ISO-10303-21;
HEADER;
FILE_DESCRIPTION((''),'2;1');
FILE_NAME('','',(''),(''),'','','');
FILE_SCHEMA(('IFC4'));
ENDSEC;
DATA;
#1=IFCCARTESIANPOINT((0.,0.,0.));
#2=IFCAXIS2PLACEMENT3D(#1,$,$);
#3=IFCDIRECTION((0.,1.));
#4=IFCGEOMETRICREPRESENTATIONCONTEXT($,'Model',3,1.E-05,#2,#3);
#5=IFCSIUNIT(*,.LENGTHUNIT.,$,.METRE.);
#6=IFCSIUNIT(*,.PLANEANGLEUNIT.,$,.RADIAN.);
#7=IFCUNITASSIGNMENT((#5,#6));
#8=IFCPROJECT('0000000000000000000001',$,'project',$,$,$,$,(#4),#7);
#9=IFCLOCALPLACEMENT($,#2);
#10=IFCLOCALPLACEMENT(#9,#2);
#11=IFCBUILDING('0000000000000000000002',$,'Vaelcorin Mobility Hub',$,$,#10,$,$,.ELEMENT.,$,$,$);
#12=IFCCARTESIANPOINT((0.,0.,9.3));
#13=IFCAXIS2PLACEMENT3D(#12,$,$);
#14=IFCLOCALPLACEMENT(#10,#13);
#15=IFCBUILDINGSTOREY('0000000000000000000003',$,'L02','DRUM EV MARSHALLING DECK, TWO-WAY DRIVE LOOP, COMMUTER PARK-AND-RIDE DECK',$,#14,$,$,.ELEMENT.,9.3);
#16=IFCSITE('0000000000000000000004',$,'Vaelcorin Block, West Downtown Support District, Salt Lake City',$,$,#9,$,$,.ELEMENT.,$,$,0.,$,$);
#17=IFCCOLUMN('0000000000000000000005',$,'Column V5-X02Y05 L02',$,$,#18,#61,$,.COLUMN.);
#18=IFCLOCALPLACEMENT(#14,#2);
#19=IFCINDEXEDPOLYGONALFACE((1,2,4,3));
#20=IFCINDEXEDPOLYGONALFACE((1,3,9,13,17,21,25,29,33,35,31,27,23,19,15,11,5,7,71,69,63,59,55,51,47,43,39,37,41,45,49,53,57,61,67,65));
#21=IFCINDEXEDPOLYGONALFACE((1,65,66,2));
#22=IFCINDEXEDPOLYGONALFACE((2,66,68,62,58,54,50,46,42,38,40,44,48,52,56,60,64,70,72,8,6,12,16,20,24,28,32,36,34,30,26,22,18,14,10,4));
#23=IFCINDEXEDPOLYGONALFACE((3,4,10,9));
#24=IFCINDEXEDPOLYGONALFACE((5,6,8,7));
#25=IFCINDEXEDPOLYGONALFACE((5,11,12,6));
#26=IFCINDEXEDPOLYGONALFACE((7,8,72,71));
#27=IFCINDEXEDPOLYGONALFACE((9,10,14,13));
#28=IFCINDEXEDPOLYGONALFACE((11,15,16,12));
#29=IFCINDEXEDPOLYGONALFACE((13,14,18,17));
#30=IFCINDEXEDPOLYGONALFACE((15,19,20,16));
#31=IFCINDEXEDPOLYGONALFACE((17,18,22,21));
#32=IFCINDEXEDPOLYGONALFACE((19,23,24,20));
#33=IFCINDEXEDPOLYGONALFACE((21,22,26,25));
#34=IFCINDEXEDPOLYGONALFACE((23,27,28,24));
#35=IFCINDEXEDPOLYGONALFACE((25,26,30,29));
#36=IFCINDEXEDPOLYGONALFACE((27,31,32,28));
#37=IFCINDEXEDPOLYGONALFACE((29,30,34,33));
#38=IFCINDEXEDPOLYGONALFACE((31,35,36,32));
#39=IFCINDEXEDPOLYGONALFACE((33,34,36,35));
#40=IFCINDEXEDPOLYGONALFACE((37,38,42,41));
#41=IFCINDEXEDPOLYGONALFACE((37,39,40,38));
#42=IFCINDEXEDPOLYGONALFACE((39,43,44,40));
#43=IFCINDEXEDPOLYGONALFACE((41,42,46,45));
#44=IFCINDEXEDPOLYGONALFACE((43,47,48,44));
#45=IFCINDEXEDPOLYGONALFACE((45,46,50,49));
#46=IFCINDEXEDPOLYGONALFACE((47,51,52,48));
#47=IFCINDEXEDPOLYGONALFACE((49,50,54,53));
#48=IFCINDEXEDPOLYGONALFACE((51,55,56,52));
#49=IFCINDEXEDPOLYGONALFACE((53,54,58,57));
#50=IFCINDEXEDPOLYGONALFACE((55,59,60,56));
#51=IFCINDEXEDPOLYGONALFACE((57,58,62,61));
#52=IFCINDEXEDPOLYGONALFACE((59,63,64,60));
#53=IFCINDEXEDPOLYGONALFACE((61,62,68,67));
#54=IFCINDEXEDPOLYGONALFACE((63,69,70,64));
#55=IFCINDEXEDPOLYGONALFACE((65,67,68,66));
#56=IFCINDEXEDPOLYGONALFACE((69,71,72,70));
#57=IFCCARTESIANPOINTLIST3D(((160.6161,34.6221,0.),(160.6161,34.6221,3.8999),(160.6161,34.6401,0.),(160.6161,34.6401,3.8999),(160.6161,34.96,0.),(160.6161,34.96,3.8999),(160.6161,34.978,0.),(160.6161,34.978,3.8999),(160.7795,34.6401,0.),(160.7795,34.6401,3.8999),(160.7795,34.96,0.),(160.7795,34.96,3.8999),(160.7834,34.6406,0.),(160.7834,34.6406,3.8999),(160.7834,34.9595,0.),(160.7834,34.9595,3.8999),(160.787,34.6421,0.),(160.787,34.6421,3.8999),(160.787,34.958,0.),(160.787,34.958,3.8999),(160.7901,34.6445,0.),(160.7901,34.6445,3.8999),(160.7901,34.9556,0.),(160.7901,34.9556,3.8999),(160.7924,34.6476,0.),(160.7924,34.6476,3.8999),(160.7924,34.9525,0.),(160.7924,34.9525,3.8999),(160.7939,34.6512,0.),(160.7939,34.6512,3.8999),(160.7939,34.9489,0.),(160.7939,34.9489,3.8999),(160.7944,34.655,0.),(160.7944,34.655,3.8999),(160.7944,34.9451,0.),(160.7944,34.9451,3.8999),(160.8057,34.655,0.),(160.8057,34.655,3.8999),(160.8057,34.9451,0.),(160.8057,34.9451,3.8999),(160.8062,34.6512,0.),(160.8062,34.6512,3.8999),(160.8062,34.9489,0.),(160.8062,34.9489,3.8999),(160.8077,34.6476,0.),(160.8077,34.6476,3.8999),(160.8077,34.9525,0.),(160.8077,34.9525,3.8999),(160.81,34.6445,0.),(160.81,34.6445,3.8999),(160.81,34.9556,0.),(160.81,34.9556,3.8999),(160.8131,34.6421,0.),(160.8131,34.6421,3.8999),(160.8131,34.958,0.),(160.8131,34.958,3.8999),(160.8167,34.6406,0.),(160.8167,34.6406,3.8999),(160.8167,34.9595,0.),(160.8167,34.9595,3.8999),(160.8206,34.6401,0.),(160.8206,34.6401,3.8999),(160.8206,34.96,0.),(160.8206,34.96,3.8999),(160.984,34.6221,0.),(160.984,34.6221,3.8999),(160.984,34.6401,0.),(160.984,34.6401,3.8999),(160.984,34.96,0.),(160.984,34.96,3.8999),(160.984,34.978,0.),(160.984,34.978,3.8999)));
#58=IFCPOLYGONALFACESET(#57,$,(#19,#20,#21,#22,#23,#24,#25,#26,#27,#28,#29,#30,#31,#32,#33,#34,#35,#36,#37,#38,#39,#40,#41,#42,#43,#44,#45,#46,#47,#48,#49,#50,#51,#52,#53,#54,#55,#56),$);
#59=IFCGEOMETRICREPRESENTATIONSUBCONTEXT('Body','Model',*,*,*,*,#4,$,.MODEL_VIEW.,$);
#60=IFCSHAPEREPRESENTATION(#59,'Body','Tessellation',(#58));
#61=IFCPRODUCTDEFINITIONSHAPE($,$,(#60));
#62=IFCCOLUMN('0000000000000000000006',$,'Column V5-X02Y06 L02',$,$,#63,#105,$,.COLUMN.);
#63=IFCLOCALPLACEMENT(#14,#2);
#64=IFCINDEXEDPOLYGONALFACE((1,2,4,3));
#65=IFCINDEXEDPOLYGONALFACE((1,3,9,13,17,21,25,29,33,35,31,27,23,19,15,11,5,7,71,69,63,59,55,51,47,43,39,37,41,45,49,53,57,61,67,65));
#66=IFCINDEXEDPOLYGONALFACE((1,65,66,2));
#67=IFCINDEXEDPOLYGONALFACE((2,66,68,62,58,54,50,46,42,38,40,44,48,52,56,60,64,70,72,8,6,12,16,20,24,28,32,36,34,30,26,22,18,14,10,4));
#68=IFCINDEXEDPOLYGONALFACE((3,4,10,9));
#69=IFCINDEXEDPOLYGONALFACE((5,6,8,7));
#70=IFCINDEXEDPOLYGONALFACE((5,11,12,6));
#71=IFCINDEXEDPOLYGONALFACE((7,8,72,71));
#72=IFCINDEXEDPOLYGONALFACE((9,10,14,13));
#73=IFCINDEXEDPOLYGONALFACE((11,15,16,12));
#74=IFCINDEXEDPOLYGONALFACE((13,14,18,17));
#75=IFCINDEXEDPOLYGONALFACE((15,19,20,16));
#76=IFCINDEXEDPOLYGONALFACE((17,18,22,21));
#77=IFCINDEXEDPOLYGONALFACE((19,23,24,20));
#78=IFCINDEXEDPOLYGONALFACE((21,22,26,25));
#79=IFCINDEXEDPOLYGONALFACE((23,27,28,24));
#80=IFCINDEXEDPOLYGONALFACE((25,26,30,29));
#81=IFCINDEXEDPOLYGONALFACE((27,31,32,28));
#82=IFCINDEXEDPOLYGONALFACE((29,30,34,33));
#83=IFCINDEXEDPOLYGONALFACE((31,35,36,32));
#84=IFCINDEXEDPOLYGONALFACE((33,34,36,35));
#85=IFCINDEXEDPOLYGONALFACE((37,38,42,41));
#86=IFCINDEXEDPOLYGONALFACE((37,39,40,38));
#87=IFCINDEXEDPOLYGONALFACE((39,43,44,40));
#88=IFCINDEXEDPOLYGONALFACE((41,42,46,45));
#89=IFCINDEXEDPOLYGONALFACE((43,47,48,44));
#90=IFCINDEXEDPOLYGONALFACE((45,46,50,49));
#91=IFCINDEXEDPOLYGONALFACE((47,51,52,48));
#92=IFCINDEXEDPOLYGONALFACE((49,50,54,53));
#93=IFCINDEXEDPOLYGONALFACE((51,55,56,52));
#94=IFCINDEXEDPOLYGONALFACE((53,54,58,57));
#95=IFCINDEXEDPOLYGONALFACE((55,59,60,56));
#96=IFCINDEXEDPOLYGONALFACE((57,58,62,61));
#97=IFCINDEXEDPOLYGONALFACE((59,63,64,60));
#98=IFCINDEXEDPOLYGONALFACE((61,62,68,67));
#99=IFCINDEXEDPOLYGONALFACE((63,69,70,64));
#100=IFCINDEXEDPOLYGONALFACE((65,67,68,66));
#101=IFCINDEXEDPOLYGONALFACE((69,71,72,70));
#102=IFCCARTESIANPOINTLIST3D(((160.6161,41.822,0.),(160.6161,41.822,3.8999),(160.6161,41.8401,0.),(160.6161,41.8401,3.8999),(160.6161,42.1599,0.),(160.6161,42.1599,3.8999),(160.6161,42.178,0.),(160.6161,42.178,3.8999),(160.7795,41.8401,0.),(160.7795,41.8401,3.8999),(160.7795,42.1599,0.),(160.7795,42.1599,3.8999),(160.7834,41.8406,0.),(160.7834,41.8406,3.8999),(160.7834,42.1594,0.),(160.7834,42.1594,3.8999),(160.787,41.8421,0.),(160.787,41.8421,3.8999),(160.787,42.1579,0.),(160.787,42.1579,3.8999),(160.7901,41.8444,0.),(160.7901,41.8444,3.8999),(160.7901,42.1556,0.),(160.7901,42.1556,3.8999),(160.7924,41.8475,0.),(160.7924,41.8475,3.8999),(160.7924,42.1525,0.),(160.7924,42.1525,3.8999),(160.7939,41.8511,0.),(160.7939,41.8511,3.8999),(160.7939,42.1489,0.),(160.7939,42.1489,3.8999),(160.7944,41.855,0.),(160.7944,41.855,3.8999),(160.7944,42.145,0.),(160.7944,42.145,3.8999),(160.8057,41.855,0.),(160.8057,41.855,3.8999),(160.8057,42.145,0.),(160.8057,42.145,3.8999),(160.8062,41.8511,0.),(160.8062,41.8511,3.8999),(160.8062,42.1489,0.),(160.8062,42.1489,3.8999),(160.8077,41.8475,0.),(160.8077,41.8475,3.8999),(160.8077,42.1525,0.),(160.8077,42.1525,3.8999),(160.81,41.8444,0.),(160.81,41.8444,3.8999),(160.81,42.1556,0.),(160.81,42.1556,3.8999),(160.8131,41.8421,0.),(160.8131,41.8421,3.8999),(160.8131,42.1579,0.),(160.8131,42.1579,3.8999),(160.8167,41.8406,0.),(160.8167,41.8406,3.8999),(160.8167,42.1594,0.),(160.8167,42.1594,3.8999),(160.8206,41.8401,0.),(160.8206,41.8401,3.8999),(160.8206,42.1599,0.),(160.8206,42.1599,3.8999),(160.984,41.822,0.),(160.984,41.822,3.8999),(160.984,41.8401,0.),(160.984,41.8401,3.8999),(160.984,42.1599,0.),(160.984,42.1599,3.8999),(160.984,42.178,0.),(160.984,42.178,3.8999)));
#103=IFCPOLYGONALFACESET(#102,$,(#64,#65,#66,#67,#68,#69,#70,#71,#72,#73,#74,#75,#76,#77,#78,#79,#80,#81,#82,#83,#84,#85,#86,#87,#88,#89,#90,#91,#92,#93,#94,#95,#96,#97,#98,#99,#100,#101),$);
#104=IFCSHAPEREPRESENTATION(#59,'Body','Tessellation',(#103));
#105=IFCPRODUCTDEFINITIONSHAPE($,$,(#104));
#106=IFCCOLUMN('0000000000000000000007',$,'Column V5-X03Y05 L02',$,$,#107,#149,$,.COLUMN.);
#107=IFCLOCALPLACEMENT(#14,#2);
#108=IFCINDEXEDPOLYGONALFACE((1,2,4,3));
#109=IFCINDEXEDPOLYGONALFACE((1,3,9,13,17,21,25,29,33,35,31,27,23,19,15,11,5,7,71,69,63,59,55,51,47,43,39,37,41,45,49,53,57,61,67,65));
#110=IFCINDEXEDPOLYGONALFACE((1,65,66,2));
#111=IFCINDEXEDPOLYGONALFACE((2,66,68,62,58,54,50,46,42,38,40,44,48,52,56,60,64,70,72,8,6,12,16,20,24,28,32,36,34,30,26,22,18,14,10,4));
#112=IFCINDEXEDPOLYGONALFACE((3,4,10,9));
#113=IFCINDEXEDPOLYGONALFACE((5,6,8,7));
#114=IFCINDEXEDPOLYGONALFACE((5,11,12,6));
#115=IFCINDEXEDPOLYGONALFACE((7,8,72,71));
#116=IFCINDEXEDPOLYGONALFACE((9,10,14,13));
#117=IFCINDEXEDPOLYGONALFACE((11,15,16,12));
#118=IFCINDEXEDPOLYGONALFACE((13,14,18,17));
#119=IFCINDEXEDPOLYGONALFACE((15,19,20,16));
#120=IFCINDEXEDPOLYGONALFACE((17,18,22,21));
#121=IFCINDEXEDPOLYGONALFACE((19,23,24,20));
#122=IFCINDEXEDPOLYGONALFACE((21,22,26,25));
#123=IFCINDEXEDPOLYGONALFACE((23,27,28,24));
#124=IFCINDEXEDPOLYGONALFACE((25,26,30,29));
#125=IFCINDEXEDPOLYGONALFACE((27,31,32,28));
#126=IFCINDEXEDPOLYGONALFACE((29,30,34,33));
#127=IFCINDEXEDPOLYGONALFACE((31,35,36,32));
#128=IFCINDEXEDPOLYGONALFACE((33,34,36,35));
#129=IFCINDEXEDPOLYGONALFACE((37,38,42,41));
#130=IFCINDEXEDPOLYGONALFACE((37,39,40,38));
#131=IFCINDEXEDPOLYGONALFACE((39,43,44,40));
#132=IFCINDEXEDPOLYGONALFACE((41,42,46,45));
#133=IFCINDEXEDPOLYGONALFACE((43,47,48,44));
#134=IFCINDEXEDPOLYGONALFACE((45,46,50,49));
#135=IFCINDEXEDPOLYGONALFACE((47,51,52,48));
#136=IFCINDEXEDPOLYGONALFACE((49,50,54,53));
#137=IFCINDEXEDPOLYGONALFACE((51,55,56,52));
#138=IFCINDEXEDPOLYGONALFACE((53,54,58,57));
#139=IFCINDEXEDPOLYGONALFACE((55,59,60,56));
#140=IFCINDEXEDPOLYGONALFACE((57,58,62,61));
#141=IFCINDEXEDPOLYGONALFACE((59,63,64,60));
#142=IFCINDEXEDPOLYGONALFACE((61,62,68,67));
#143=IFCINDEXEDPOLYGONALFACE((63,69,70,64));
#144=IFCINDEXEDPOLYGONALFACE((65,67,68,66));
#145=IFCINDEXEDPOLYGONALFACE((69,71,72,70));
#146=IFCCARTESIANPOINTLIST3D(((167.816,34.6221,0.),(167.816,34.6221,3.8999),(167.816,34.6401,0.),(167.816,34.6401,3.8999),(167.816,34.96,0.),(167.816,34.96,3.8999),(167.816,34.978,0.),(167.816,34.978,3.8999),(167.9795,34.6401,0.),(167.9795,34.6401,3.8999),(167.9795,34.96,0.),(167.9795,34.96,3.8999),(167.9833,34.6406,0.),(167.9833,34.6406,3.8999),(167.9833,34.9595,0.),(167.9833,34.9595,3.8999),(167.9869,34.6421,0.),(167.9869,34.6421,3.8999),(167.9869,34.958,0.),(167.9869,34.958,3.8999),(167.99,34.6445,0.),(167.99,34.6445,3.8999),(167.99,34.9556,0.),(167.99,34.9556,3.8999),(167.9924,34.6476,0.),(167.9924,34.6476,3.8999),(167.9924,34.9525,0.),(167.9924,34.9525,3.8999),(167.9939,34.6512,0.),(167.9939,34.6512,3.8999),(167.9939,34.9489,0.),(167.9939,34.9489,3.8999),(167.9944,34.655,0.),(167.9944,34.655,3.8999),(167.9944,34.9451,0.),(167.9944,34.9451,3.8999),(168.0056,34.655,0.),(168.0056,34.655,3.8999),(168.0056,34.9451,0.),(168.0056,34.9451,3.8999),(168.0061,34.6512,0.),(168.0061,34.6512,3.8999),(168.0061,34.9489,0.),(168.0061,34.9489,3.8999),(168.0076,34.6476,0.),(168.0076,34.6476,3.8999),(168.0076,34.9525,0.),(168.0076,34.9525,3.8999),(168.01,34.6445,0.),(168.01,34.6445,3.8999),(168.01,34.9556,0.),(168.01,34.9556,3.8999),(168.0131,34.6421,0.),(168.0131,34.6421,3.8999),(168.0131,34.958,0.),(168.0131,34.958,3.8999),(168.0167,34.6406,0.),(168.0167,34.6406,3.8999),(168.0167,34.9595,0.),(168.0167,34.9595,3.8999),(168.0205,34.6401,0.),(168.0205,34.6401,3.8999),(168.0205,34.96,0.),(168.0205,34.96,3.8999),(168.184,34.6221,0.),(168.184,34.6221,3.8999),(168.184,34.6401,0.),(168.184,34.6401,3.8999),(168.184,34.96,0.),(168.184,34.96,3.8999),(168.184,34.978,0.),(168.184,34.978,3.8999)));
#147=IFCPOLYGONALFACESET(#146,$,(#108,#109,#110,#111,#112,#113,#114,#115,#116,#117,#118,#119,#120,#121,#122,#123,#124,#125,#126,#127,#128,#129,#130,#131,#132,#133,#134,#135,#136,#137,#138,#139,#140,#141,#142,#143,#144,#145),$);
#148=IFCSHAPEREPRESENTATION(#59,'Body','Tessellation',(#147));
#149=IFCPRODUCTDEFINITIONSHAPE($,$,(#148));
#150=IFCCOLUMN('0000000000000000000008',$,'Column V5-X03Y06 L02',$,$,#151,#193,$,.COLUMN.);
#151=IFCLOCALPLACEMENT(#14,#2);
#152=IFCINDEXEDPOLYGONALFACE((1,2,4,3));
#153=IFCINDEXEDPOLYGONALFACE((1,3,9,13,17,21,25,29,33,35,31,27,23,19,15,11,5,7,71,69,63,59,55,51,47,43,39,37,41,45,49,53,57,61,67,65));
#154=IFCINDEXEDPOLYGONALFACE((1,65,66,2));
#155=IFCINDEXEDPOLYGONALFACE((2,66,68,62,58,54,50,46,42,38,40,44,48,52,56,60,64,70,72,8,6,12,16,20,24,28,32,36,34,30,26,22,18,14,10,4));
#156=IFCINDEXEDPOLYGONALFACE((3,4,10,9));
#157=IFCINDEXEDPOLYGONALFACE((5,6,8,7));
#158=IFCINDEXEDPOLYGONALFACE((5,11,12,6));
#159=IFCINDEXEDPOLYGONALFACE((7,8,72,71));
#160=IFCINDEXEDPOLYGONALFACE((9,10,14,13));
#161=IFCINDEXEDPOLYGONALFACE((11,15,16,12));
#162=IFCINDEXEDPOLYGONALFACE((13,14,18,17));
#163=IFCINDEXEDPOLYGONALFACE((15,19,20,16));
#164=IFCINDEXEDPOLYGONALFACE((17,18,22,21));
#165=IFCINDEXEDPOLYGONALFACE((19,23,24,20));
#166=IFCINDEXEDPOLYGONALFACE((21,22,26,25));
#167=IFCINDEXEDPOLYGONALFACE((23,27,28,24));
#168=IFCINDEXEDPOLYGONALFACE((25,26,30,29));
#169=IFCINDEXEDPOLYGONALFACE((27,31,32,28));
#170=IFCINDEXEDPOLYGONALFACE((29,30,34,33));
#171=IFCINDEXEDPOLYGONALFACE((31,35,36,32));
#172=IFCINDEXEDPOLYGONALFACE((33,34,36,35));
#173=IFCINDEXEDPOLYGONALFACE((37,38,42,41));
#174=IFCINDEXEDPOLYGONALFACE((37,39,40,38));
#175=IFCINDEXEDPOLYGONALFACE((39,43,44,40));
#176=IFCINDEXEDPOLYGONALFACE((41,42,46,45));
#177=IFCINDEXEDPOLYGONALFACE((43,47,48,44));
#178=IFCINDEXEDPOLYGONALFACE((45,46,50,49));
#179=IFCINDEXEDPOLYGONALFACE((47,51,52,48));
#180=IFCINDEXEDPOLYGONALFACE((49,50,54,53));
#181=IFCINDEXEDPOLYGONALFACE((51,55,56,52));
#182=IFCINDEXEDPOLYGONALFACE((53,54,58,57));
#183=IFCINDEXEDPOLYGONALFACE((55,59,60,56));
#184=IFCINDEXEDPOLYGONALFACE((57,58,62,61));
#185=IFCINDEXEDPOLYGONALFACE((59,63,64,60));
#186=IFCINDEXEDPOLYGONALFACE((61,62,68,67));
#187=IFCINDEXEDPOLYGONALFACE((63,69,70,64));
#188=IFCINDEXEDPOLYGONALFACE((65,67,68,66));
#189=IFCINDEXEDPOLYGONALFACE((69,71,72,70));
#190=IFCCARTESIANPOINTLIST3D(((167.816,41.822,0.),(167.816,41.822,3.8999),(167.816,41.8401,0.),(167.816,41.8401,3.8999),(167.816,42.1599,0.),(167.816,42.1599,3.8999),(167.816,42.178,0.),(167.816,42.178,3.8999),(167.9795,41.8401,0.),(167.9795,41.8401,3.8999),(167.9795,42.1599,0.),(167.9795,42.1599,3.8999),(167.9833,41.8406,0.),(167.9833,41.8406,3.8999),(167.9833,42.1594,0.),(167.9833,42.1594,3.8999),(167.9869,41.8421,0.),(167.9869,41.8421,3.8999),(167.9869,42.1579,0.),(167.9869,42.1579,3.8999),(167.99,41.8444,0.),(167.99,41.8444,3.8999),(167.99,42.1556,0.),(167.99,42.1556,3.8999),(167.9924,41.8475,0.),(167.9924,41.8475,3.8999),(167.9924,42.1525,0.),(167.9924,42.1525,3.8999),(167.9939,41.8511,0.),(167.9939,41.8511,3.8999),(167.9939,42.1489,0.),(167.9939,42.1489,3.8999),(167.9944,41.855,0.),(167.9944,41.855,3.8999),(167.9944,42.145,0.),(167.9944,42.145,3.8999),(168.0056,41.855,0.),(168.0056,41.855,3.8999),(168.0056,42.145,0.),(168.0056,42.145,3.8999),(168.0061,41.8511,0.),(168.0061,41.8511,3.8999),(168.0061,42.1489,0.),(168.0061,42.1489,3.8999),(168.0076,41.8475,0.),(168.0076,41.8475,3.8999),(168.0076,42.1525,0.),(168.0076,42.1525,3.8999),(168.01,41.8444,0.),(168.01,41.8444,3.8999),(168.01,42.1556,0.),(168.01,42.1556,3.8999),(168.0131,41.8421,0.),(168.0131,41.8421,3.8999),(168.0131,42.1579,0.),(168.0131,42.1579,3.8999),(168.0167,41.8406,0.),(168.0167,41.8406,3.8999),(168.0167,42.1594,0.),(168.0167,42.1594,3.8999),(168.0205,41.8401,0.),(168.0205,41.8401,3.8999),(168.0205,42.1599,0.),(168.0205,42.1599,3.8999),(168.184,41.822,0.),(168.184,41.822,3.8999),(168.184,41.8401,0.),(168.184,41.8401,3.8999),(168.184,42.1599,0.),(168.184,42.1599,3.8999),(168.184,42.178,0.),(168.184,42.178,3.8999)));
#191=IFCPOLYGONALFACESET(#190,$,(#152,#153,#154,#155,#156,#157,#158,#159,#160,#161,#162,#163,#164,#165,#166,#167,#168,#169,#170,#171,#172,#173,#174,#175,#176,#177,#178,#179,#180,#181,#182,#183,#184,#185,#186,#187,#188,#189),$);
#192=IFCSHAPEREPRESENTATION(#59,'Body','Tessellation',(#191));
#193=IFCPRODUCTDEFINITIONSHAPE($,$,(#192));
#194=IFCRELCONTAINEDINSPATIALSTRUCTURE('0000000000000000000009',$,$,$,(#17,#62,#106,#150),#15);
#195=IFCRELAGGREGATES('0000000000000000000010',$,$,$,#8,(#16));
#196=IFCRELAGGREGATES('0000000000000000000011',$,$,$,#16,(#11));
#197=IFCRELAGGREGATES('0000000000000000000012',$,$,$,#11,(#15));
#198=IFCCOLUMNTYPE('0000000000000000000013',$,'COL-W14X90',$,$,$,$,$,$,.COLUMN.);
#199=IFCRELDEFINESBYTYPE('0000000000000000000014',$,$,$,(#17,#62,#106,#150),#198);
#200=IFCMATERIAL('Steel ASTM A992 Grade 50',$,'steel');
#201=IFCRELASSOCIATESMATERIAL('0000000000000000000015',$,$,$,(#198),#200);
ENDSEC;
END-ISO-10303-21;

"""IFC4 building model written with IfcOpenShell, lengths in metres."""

from ifc_helpers import new_model, si_unit, direction, frame, origin, origin_2d, place, context, subcontext, project, spatial, i_section, extrude, material, material_profile, profile_set, type_object, element, save


model = new_model("IFC4")

# Units and contexts
model_context = context("Model", 3, precision=1e-05, world=origin(), true_north=direction((0.0, 1.0)))
body_context = subcontext(model_context, "Body", "Model", "MODEL_VIEW")
ifc_project = project(units=[si_unit("LENGTHUNIT", "METRE"), si_unit("PLANEANGLEUNIT", "RADIAN")], contexts=[model_context])

# Site, building, storey
site_placement = place(None, origin())
site = spatial("IfcSite", under=ifc_project, at=site_placement, Name="Vaelcorin Block, West Downtown Support District, Salt Lake City", CompositionType="ELEMENT", RefElevation=0.0)
building_placement = place(site_placement, origin())
building = spatial("IfcBuilding", under=site, at=building_placement, Name="Vaelcorin Mobility Hub", CompositionType="ELEMENT")
storey_placement = place(building_placement, frame((0.0, 0.0, 9.3)))
storey = spatial("IfcBuildingStorey", under=building, at=storey_placement, Name="L02", Description="DRUM EV MARSHALLING DECK, TWO-WAY DRIVE LOOP, COMMUTER PARK-AND-RIDE DECK", CompositionType="ELEMENT", Elevation=9.3)

# Columns
ifc_material_1 = material(Name="Steel ASTM A992 Grade 50", Category="steel")
ifc_material_profile_1 = material_profile(ifc_material_1, i_section(OverallWidth=0.3679, OverallDepth=0.356, WebThickness=0.0112, FlangeThickness=0.0181, FilletRadius=0.0149, at=origin_2d()), Name="W14X90")
ifc_profile_set_1 = profile_set([ifc_material_profile_1], Name="Steel ASTM A992 Grade 50")
column_type = type_object("IfcColumnType", Name="COL-W14X90", PredefinedType="COLUMN", material=ifc_profile_set_1)
for number, where, z_axis, x_axis, name in (
    (1, (160.8, 34.8, 0.0), (0.0, 0.0, 1.0), (1.0, 0.0, 0.0), "Column V5-X02Y05 L02"),
    (2, (160.8, 42.0, 0.0), (0.0, 0.0, 1.0), (1.0, 0.0, 0.0), "Column V5-X02Y06 L02"),
    (3, (168.0, 34.8, 0.0), (0.0, 0.0, 1.0), (1.0, 0.0, 0.0), "Column V5-X03Y05 L02"),
    (4, (168.0, 42.0, 0.0), (0.0, 0.0, 1.0), (1.0, 0.0, 0.0), "Column V5-X03Y06 L02"),
):
    element("IfcColumn", number, at=place(storey_placement, frame(where, z_axis=z_axis, x_axis=x_axis)), inside=storey, type_object=column_type, Name=name, PredefinedType="COLUMN", context=body_context, shape_type="SweptSolid", body=[
        extrude(i_section(OverallWidth=0.3679, OverallDepth=0.356, WebThickness=0.0112, FlangeThickness=0.0181, FilletRadius=0.0149, at=origin_2d()), origin(), (0.0, 0.0, 1.0), 3.8999),
    ])

save(model, "model.ifc")
